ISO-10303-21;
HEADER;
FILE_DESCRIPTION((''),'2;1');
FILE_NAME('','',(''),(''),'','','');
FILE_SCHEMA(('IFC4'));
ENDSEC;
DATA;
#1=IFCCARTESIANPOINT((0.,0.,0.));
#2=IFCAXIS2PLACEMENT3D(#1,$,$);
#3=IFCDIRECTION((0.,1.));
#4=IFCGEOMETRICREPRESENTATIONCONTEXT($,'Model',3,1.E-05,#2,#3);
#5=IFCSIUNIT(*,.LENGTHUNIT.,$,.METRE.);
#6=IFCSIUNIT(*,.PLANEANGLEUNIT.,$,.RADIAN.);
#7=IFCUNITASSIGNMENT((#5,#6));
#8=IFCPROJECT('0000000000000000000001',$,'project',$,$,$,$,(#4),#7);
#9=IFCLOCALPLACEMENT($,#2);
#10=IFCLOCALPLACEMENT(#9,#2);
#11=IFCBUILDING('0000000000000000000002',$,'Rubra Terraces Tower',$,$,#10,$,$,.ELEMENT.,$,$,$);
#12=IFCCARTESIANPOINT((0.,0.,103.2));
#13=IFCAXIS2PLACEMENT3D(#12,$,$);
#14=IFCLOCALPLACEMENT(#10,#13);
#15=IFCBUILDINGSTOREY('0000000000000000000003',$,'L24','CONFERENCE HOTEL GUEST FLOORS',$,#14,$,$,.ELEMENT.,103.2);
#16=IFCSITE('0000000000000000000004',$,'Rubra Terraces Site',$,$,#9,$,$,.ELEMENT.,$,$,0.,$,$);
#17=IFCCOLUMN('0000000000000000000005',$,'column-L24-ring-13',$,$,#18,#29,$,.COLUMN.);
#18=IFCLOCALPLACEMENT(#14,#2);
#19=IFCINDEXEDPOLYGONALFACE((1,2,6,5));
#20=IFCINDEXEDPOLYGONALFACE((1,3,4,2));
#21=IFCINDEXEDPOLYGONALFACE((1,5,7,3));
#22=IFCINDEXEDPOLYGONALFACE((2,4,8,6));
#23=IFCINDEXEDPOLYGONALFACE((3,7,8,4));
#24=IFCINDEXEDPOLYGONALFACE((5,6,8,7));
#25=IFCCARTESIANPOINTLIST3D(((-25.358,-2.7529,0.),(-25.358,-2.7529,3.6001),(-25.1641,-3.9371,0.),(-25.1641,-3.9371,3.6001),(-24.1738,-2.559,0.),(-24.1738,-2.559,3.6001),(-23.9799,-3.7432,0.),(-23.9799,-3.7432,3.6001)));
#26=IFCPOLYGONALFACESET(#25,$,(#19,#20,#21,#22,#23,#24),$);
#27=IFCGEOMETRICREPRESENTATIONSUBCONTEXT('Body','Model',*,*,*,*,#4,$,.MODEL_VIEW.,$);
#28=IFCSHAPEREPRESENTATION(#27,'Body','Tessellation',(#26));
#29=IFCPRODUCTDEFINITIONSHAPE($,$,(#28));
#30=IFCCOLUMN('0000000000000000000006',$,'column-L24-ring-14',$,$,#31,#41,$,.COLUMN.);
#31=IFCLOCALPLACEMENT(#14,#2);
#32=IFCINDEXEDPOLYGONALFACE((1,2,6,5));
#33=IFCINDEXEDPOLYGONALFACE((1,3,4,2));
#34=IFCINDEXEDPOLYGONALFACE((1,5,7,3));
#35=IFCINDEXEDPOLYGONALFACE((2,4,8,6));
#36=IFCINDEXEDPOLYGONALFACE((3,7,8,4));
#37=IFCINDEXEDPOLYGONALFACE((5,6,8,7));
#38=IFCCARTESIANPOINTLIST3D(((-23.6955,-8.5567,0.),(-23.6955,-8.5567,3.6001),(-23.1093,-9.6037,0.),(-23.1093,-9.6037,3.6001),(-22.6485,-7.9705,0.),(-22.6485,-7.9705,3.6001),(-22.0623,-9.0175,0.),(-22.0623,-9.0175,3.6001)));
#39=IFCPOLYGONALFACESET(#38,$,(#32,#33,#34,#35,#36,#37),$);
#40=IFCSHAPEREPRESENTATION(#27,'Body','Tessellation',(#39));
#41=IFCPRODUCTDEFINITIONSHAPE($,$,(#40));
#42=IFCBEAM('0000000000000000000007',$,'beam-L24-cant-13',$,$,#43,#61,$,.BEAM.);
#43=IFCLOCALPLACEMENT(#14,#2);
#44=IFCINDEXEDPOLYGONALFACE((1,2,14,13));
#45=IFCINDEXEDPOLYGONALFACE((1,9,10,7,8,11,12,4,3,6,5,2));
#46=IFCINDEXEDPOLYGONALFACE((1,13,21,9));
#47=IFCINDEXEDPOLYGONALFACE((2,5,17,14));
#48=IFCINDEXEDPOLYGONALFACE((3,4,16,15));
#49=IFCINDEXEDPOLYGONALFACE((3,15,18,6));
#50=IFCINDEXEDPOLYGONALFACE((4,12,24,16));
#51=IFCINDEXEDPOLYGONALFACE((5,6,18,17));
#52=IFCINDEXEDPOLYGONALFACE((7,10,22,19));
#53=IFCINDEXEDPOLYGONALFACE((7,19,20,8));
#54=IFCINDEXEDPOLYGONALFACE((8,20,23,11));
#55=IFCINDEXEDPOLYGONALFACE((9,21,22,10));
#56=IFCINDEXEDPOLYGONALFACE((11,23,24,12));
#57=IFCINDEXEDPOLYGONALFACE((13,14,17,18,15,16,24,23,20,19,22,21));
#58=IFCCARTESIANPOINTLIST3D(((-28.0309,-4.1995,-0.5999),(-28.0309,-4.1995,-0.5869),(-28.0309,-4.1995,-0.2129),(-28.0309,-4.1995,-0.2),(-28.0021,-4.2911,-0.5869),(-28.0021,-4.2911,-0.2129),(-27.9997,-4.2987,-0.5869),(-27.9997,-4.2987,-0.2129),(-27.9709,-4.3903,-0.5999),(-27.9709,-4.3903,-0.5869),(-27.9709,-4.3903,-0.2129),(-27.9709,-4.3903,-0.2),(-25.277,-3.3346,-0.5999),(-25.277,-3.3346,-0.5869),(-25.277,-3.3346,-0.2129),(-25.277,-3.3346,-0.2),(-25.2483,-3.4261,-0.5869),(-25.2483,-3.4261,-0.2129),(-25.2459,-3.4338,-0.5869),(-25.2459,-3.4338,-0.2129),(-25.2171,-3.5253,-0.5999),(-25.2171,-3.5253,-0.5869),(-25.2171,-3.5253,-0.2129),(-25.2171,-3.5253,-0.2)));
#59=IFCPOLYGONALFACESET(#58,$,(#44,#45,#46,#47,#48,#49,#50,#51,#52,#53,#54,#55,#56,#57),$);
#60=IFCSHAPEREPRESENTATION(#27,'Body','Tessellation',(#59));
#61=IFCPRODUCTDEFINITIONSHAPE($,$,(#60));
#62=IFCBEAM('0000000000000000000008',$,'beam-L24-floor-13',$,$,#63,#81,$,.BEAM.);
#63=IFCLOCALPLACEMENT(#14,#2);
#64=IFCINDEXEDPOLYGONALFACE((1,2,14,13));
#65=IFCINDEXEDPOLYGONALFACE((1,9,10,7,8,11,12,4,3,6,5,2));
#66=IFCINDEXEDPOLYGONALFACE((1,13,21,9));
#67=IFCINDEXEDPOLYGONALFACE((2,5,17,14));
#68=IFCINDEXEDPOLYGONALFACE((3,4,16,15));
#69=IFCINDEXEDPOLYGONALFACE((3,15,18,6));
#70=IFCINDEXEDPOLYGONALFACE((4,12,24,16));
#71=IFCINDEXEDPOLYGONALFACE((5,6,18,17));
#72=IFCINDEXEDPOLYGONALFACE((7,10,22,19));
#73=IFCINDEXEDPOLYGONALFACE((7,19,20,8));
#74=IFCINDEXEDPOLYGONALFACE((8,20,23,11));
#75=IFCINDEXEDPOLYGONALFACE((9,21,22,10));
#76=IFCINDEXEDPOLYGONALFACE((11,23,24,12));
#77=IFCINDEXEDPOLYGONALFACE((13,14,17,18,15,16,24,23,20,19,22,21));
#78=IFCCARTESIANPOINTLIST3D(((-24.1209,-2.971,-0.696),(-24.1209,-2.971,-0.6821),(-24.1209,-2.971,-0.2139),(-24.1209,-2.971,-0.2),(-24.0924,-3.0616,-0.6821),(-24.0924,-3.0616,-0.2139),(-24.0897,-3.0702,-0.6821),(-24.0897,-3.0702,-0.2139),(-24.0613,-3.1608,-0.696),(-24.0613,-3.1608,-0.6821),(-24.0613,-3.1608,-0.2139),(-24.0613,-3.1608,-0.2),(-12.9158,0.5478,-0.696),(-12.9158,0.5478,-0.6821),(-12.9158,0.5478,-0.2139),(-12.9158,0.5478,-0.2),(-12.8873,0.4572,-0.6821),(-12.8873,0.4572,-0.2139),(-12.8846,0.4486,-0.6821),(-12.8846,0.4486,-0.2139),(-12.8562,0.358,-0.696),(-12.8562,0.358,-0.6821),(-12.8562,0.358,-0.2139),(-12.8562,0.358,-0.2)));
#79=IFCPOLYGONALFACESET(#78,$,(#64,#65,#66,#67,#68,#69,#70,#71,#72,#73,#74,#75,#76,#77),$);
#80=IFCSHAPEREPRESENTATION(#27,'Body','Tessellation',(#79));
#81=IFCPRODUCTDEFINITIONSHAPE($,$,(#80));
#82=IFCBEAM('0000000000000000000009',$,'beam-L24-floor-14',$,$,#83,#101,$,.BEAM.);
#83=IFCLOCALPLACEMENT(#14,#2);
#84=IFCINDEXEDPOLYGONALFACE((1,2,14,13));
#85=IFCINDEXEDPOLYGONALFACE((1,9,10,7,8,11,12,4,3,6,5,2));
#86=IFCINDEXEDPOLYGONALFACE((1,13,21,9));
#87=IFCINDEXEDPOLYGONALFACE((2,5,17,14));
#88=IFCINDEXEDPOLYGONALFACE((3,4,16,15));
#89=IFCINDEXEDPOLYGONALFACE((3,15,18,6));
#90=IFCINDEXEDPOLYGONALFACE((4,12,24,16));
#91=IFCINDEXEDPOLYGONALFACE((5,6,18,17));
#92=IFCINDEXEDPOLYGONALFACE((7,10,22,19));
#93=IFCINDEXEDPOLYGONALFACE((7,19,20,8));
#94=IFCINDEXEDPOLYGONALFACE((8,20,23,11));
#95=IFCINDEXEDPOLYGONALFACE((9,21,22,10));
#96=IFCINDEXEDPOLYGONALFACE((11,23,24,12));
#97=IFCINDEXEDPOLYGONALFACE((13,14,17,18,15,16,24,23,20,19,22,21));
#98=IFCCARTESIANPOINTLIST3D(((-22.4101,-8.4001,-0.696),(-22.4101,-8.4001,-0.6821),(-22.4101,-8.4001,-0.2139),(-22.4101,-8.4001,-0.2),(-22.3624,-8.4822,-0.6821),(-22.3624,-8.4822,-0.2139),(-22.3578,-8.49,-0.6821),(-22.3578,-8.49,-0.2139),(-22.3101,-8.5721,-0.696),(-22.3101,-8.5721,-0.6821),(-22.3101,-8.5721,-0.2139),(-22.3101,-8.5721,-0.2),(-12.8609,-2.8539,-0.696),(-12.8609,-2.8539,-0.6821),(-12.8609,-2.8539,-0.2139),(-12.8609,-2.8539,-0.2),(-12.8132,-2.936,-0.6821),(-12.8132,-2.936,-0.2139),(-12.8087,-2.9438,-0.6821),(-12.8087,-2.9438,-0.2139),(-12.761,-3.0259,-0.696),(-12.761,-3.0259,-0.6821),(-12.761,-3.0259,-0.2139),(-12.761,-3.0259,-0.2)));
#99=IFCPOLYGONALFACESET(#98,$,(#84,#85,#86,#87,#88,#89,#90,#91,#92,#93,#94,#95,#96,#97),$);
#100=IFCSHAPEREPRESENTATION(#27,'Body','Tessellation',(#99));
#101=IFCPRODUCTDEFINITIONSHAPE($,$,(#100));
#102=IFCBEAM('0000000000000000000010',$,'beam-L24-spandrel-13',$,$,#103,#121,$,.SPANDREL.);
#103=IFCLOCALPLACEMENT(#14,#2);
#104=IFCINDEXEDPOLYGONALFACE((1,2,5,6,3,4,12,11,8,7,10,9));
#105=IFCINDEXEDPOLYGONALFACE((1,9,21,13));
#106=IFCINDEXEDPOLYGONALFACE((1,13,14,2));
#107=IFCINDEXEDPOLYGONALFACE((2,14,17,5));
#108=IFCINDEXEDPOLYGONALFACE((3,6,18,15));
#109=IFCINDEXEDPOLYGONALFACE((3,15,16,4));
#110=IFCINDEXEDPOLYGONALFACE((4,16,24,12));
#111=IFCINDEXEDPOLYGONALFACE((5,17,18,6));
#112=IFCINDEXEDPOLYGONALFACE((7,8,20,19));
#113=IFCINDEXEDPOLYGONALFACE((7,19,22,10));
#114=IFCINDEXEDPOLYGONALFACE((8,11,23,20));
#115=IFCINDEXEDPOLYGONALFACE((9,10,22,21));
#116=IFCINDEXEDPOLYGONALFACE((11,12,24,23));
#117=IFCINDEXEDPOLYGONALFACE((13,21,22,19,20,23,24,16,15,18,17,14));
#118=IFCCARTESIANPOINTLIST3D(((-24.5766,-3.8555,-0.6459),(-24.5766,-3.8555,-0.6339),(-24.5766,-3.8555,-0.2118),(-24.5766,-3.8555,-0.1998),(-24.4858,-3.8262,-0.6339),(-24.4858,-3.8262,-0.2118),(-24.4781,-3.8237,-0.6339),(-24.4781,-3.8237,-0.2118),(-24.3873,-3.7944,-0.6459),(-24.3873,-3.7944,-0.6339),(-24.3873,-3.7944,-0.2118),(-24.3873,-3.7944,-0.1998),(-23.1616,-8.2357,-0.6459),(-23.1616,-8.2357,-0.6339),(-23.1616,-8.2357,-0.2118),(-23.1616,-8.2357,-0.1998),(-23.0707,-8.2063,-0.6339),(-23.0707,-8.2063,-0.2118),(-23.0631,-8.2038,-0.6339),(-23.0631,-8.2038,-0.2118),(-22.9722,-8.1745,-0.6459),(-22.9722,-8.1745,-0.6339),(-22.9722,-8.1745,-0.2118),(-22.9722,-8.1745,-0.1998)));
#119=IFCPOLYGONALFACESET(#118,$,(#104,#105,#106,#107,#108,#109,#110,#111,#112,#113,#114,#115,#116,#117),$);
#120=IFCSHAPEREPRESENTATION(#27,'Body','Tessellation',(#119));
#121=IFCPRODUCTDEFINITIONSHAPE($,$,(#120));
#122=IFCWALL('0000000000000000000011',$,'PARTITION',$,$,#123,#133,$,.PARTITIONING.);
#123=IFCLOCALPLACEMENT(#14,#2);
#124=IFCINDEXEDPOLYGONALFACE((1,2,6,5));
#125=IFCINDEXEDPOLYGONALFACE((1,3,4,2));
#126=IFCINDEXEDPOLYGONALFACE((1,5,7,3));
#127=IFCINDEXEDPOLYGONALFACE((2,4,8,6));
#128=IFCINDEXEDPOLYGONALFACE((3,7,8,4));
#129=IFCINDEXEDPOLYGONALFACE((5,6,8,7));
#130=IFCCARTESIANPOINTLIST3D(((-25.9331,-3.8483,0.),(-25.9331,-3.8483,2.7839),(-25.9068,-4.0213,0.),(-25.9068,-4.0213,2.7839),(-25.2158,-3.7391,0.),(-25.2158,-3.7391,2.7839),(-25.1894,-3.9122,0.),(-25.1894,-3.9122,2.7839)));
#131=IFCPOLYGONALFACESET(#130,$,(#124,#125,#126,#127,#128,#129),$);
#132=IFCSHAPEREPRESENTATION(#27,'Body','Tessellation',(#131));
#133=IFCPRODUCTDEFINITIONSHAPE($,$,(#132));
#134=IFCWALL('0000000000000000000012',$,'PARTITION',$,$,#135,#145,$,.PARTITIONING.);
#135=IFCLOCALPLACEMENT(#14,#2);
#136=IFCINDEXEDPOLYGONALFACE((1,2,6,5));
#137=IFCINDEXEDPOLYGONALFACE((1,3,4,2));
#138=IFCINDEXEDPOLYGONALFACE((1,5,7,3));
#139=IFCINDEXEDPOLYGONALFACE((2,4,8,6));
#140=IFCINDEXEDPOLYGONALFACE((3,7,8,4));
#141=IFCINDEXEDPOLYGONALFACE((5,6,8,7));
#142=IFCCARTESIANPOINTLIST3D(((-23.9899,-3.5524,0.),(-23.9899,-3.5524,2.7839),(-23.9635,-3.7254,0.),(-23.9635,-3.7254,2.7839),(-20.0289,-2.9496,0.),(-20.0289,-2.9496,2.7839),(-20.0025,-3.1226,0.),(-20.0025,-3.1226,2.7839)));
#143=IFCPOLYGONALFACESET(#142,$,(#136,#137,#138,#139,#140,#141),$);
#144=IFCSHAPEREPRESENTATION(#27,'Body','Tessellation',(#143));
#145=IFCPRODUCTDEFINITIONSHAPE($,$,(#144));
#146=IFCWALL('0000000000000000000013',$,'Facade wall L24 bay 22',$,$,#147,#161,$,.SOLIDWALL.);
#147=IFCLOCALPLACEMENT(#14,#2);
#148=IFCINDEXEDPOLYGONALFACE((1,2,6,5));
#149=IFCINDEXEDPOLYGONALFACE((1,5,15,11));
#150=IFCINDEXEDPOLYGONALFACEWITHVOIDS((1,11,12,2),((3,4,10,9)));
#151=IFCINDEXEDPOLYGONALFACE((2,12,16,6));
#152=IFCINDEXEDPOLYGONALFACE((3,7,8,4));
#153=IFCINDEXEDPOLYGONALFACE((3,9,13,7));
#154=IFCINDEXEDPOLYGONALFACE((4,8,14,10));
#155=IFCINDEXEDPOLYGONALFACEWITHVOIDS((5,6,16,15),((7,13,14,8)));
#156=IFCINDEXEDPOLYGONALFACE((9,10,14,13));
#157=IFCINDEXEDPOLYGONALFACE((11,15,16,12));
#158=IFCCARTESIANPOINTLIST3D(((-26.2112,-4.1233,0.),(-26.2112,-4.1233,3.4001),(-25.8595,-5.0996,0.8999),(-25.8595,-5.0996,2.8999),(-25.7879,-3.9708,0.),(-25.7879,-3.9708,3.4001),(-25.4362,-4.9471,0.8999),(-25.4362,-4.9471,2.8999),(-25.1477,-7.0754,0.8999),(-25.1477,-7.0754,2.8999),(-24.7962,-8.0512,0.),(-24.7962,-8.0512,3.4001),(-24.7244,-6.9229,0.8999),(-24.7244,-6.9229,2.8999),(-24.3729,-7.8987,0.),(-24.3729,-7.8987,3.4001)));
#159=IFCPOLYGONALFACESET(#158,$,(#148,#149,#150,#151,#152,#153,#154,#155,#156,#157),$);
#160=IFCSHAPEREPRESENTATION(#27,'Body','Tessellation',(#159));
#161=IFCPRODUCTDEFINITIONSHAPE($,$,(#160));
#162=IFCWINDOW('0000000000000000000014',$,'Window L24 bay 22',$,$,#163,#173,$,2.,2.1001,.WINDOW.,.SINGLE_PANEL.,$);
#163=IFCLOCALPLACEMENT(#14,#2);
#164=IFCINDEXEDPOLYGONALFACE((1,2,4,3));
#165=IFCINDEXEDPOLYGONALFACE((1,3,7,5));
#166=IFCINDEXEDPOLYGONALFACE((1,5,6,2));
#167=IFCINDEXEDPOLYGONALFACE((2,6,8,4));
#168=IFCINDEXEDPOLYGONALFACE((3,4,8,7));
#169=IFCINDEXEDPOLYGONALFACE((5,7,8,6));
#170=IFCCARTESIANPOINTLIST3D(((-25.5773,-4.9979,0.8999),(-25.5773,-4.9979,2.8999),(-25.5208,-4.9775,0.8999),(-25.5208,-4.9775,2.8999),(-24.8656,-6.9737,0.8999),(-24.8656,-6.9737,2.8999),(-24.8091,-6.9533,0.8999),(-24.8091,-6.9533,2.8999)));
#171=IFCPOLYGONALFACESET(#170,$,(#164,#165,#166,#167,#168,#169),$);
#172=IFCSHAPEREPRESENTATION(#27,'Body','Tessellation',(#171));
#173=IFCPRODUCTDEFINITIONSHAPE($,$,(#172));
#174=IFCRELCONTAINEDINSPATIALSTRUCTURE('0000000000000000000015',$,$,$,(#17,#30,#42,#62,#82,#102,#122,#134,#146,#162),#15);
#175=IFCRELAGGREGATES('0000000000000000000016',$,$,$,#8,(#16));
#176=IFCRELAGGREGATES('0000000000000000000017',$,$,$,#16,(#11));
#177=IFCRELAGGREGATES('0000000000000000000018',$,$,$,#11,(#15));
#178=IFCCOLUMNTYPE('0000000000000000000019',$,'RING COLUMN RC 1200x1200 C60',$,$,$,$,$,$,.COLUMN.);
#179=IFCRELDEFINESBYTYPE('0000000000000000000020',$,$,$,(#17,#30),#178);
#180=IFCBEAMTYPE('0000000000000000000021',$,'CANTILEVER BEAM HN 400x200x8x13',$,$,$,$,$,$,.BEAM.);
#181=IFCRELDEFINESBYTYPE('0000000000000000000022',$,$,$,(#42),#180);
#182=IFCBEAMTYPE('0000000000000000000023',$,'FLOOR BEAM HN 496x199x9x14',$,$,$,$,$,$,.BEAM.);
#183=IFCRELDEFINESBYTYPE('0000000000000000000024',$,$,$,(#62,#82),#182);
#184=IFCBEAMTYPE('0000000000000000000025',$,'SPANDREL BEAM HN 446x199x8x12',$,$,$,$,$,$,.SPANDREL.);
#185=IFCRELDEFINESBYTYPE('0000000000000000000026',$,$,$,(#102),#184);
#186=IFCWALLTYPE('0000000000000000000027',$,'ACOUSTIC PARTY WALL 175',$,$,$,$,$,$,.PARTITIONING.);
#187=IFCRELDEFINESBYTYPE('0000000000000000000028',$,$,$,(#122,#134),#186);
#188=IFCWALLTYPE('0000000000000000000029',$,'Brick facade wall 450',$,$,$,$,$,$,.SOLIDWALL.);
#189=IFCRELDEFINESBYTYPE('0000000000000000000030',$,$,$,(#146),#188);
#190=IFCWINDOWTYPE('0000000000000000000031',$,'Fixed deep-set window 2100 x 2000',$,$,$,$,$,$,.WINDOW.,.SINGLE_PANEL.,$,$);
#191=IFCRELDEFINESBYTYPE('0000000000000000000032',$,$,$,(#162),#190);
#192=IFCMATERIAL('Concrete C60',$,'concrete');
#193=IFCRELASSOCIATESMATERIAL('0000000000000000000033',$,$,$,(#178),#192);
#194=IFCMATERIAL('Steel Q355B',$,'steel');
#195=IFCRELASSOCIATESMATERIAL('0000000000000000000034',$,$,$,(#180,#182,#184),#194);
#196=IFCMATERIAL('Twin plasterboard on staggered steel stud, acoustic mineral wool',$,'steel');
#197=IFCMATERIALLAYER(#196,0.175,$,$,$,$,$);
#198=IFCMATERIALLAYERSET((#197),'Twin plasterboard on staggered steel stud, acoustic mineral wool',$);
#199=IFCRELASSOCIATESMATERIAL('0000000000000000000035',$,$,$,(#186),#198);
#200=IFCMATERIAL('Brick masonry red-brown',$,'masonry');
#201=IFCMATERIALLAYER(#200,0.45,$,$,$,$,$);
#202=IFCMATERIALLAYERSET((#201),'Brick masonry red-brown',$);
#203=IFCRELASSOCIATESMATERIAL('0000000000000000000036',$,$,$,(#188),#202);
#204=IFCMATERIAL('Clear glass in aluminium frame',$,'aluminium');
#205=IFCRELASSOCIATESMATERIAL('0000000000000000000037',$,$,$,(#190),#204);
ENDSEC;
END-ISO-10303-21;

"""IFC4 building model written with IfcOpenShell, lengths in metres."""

from ifc_helpers import new_model, si_unit, direction, frame, frame_2d, origin, origin_2d, place, context, subcontext, project, spatial, rectangle, i_section, extrude, material, layer, layer_set, material_profile, profile_set, type_object, element, fill, save


model = new_model("IFC4")

# Units and contexts
model_context = context("Model", 3, precision=1e-05, world=origin(), true_north=direction((0.0, 1.0)))
body_context = subcontext(model_context, "Body", "Model", "MODEL_VIEW")
ifc_project = project(units=[si_unit("LENGTHUNIT", "METRE"), si_unit("PLANEANGLEUNIT", "RADIAN")], contexts=[model_context])

# Site, building, storey
site_placement = place(None, origin())
site = spatial("IfcSite", under=ifc_project, at=site_placement, Name="Rubra Terraces Site", CompositionType="ELEMENT", RefElevation=0.0)
building_placement = place(site_placement, origin())
building = spatial("IfcBuilding", under=site, at=building_placement, Name="Rubra Terraces Tower", CompositionType="ELEMENT")
storey_placement = place(building_placement, frame((0.0, 0.0, 103.2)))
storey = spatial("IfcBuildingStorey", under=building, at=storey_placement, Name="L24", Description="CONFERENCE HOTEL GUEST FLOORS", CompositionType="ELEMENT", Elevation=103.2)

# Columns
ifc_material_1 = material(Name="Concrete C60", Category="concrete")
ifc_material_profile_1 = material_profile(ifc_material_1, rectangle(XDim=1.2, YDim=1.2, at=origin_2d()), Name="RC 1200x1200")
ifc_profile_set_1 = profile_set([ifc_material_profile_1], Name="Concrete C60")
column_type = type_object("IfcColumnType", Name="RING COLUMN RC 1200x1200 C60", PredefinedType="COLUMN", material=ifc_profile_set_1)
for number, where, z_axis, x_axis, name in (
    (1, (-24.6689, -3.248, 0.0), (0.0, 0.0, 1.0), (0.161559, -0.986863, 0.0), "column-L24-ring-13"),
    (2, (-22.8789, -8.7871, 0.0), (0.0, 0.0, 1.0), (0.488526, -0.872549, 0.0), "column-L24-ring-14"),
):
    element("IfcColumn", number, at=place(storey_placement, frame(where, z_axis=z_axis, x_axis=x_axis)), inside=storey, type_object=column_type, Name=name, PredefinedType="COLUMN", context=body_context, shape_type="SweptSolid", body=[
        extrude(rectangle(XDim=1.2, YDim=1.2, at=origin_2d()), origin(), (0.0, 0.0, 1.0), 3.6001),
    ])

# Beams
ifc_material_2 = material(Name="Steel Q355B", Category="steel")
ifc_material_profile_2 = material_profile(ifc_material_2, i_section(OverallWidth=0.2, OverallDepth=0.3999, WebThickness=0.0081, FlangeThickness=0.0129, at=origin_2d()), Name="HN 400x200x8x13")
ifc_profile_set_2 = profile_set([ifc_material_profile_2], Name="Steel Q355B")
beam_type_1 = type_object("IfcBeamType", Name="CANTILEVER BEAM HN 400x200x8x13", PredefinedType="BEAM", material=ifc_profile_set_2)
beam_1_placement = place(storey_placement, frame((-25.2471, -3.4299, -0.3999), z_axis=(-0.954046, -0.299662, 0.0), x_axis=(0.299662, -0.954046, 0.0)))
element("IfcBeam", 3, at=beam_1_placement, inside=storey, type_object=beam_type_1, Name="beam-L24-cant-13", PredefinedType="BEAM", context=body_context, shape_type="SweptSolid", body=[
    extrude(i_section(OverallWidth=0.2, OverallDepth=0.3999, WebThickness=0.0081, FlangeThickness=0.0129, at=origin_2d()), origin(), (0.0, 0.0, 1.0), 2.8865),
])
ifc_material_profile_3 = material_profile(ifc_material_2, i_section(OverallWidth=0.199, OverallDepth=0.4961, WebThickness=0.009, FlangeThickness=0.0139, at=origin_2d()), Name="HN 496x199x9x14")
ifc_profile_set_3 = profile_set([ifc_material_profile_3], Name="Steel Q355B")
beam_type_2 = type_object("IfcBeamType", Name="FLOOR BEAM HN 496x199x9x14", PredefinedType="BEAM", material=ifc_profile_set_3)
beam_2_placement = place(storey_placement, frame((-24.0911, -3.0659, -0.448), z_axis=(0.954062, 0.29961, 0.0), x_axis=(-0.29961, 0.954062, 0.0)))
element("IfcBeam", 4, at=beam_2_placement, inside=storey, type_object=beam_type_2, Name="beam-L24-floor-13", PredefinedType="BEAM", context=body_context, shape_type="SweptSolid", body=[
    extrude(i_section(OverallWidth=0.199, OverallDepth=0.4961, WebThickness=0.009, FlangeThickness=0.0139, at=origin_2d()), origin(), (0.0, 0.0, 1.0), 11.7446),
])
beam_3_placement = place(storey_placement, frame((-22.3601, -8.4861, -0.448), z_axis=(0.864729, 0.502238, 0.0), x_axis=(-0.502238, 0.864729, 0.0)))
element("IfcBeam", 5, at=beam_3_placement, inside=storey, type_object=beam_type_2, Name="beam-L24-floor-14", PredefinedType="BEAM", context=body_context, shape_type="SweptSolid", body=[
    extrude(i_section(OverallWidth=0.199, OverallDepth=0.4961, WebThickness=0.009, FlangeThickness=0.0139, at=origin_2d()), origin(), (0.0, 0.0, 1.0), 11.043),
])
ifc_material_profile_4 = material_profile(ifc_material_2, i_section(OverallWidth=0.199, OverallDepth=0.446, WebThickness=0.0081, FlangeThickness=0.012, at=origin_2d()), Name="HN 446x199x8x12")
ifc_profile_set_4 = profile_set([ifc_material_profile_4], Name="Steel Q355B")
beam_type_3 = type_object("IfcBeamType", Name="SPANDREL BEAM HN 446x199x8x12", PredefinedType="SPANDREL", material=ifc_profile_set_4)
beam_4_placement = place(storey_placement, frame((-24.4819, -3.825, -0.4229), z_axis=(0.307415, -0.951576, 0.0), x_axis=(0.951576, 0.307415, 0.0)))
element("IfcBeam", 6, at=beam_4_placement, inside=storey, type_object=beam_type_3, Name="beam-L24-spandrel-13", PredefinedType="SPANDREL", context=body_context, shape_type="SweptSolid", body=[
    extrude(i_section(OverallWidth=0.199, OverallDepth=0.446, WebThickness=0.0081, FlangeThickness=0.012, at=origin_2d()), origin(), (0.0, 0.0, 1.0), 4.603),
])

# Walls
ifc_material_3 = material(Name="Twin plasterboard on staggered steel stud, acoustic mineral wool", Category="steel")
ifc_layer_1 = layer(ifc_material_3, 0.175)
ifc_layer_set_1 = layer_set([ifc_layer_1], Name="Twin plasterboard on staggered steel stud, acoustic mineral wool")
wall_type_1 = type_object("IfcWallType", Name="ACOUSTIC PARTY WALL 175", PredefinedType="PARTITIONING", material=ifc_layer_set_1)
wall_1_placement = place(storey_placement, frame((-25.9199, -3.9348, 0.0), z_axis=(0.0, 0.0, 1.0), x_axis=(0.988623, 0.150413, 0.0)))
element("IfcWall", 7, at=wall_1_placement, inside=storey, type_object=wall_type_1, Name="PARTITION", PredefinedType="PARTITIONING", context=body_context, shape_type="SweptSolid", body=[
    extrude(rectangle(XDim=0.7256, YDim=0.175, at=frame_2d((0.3628, 0.0))), origin(), (0.0, 0.0, 1.0), 2.7839),
])
wall_2_placement = place(storey_placement, frame((-23.9768, -3.6389, 0.0), z_axis=(0.0, 0.0, 1.0), x_axis=(0.988618, 0.15045, 0.0)))
element("IfcWall", 8, at=wall_2_placement, inside=storey, type_object=wall_type_1, Name="PARTITION", PredefinedType="PARTITIONING", context=body_context, shape_type="SweptSolid", body=[
    extrude(rectangle(XDim=4.0066, YDim=0.175, at=frame_2d((2.0034, 0.0))), origin(), (0.0, 0.0, 1.0), 2.7839),
])

# Wall, opening, window
ifc_material_4 = material(Name="Brick masonry red-brown", Category="masonry")
ifc_layer_2 = layer(ifc_material_4, 0.45)
ifc_layer_set_2 = layer_set([ifc_layer_2], Name="Brick masonry red-brown")
wall_type_2 = type_object("IfcWallType", Name="Brick facade wall 450", PredefinedType="SOLIDWALL", material=ifc_layer_set_2)
wall_3_placement = place(storey_placement, frame((-25.9995, -4.0471, 0.0), z_axis=(0.0, 0.0, 1.0), x_axis=(0.338924, -0.940814, 0.0)))
wall_3 = element("IfcWall", 9, at=wall_3_placement, inside=storey, type_object=wall_type_2, Name="Facade wall L24 bay 22", PredefinedType="SOLIDWALL", context=body_context, shape_type="SweptSolid", body=[
    extrude(rectangle(XDim=4.175, YDim=0.45, at=frame_2d((2.0874, 0.0))), origin(), (0.0, 0.0, 1.0), 3.4001),
])
opening_1_placement = place(wall_3_placement, frame((1.0376, 0.0, 0.8999)))
opening_1 = element("IfcOpeningElement", 10, at=opening_1_placement, cuts=wall_3, PredefinedType="OPENING", context=body_context, shape_type="SweptSolid", body=[
    extrude(rectangle(XDim=2.1001, YDim=2.0, at=frame_2d((1.05, 1.0))), frame((0.0, 0.2349, 0.0), z_axis=(0.0, -1.0, 0.0), x_axis=(1.0, 0.0, 0.0)), (0.0, 0.0, 1.0), 0.47),
])
ifc_material_5 = material(Name="Clear glass in aluminium frame", Category="aluminium")
window_type = type_object("IfcWindowType", Name="Fixed deep-set window 2100 x 2000", PartitioningType="SINGLE_PANEL", PredefinedType="WINDOW", material=ifc_material_5)
window_1_placement = place(opening_1_placement, origin())
window_1 = element("IfcWindow", 11, at=window_1_placement, inside=storey, type_object=window_type, Name="Window L24 bay 22", OverallHeight=2.0, OverallWidth=2.1001, PartitioningType="SINGLE_PANEL", PredefinedType="WINDOW", context=body_context, shape_type="SweptSolid", body=[
    extrude(rectangle(XDim=2.1001, YDim=2.0, at=frame_2d((1.05, 1.0))), frame((0.0, 0.135, 0.0), z_axis=(0.0, -1.0, 0.0), x_axis=(1.0, 0.0, 0.0)), (0.0, 0.0, 1.0), 0.0601),
])
fill(opening_1, window_1)

save(model, "model.ifc")
